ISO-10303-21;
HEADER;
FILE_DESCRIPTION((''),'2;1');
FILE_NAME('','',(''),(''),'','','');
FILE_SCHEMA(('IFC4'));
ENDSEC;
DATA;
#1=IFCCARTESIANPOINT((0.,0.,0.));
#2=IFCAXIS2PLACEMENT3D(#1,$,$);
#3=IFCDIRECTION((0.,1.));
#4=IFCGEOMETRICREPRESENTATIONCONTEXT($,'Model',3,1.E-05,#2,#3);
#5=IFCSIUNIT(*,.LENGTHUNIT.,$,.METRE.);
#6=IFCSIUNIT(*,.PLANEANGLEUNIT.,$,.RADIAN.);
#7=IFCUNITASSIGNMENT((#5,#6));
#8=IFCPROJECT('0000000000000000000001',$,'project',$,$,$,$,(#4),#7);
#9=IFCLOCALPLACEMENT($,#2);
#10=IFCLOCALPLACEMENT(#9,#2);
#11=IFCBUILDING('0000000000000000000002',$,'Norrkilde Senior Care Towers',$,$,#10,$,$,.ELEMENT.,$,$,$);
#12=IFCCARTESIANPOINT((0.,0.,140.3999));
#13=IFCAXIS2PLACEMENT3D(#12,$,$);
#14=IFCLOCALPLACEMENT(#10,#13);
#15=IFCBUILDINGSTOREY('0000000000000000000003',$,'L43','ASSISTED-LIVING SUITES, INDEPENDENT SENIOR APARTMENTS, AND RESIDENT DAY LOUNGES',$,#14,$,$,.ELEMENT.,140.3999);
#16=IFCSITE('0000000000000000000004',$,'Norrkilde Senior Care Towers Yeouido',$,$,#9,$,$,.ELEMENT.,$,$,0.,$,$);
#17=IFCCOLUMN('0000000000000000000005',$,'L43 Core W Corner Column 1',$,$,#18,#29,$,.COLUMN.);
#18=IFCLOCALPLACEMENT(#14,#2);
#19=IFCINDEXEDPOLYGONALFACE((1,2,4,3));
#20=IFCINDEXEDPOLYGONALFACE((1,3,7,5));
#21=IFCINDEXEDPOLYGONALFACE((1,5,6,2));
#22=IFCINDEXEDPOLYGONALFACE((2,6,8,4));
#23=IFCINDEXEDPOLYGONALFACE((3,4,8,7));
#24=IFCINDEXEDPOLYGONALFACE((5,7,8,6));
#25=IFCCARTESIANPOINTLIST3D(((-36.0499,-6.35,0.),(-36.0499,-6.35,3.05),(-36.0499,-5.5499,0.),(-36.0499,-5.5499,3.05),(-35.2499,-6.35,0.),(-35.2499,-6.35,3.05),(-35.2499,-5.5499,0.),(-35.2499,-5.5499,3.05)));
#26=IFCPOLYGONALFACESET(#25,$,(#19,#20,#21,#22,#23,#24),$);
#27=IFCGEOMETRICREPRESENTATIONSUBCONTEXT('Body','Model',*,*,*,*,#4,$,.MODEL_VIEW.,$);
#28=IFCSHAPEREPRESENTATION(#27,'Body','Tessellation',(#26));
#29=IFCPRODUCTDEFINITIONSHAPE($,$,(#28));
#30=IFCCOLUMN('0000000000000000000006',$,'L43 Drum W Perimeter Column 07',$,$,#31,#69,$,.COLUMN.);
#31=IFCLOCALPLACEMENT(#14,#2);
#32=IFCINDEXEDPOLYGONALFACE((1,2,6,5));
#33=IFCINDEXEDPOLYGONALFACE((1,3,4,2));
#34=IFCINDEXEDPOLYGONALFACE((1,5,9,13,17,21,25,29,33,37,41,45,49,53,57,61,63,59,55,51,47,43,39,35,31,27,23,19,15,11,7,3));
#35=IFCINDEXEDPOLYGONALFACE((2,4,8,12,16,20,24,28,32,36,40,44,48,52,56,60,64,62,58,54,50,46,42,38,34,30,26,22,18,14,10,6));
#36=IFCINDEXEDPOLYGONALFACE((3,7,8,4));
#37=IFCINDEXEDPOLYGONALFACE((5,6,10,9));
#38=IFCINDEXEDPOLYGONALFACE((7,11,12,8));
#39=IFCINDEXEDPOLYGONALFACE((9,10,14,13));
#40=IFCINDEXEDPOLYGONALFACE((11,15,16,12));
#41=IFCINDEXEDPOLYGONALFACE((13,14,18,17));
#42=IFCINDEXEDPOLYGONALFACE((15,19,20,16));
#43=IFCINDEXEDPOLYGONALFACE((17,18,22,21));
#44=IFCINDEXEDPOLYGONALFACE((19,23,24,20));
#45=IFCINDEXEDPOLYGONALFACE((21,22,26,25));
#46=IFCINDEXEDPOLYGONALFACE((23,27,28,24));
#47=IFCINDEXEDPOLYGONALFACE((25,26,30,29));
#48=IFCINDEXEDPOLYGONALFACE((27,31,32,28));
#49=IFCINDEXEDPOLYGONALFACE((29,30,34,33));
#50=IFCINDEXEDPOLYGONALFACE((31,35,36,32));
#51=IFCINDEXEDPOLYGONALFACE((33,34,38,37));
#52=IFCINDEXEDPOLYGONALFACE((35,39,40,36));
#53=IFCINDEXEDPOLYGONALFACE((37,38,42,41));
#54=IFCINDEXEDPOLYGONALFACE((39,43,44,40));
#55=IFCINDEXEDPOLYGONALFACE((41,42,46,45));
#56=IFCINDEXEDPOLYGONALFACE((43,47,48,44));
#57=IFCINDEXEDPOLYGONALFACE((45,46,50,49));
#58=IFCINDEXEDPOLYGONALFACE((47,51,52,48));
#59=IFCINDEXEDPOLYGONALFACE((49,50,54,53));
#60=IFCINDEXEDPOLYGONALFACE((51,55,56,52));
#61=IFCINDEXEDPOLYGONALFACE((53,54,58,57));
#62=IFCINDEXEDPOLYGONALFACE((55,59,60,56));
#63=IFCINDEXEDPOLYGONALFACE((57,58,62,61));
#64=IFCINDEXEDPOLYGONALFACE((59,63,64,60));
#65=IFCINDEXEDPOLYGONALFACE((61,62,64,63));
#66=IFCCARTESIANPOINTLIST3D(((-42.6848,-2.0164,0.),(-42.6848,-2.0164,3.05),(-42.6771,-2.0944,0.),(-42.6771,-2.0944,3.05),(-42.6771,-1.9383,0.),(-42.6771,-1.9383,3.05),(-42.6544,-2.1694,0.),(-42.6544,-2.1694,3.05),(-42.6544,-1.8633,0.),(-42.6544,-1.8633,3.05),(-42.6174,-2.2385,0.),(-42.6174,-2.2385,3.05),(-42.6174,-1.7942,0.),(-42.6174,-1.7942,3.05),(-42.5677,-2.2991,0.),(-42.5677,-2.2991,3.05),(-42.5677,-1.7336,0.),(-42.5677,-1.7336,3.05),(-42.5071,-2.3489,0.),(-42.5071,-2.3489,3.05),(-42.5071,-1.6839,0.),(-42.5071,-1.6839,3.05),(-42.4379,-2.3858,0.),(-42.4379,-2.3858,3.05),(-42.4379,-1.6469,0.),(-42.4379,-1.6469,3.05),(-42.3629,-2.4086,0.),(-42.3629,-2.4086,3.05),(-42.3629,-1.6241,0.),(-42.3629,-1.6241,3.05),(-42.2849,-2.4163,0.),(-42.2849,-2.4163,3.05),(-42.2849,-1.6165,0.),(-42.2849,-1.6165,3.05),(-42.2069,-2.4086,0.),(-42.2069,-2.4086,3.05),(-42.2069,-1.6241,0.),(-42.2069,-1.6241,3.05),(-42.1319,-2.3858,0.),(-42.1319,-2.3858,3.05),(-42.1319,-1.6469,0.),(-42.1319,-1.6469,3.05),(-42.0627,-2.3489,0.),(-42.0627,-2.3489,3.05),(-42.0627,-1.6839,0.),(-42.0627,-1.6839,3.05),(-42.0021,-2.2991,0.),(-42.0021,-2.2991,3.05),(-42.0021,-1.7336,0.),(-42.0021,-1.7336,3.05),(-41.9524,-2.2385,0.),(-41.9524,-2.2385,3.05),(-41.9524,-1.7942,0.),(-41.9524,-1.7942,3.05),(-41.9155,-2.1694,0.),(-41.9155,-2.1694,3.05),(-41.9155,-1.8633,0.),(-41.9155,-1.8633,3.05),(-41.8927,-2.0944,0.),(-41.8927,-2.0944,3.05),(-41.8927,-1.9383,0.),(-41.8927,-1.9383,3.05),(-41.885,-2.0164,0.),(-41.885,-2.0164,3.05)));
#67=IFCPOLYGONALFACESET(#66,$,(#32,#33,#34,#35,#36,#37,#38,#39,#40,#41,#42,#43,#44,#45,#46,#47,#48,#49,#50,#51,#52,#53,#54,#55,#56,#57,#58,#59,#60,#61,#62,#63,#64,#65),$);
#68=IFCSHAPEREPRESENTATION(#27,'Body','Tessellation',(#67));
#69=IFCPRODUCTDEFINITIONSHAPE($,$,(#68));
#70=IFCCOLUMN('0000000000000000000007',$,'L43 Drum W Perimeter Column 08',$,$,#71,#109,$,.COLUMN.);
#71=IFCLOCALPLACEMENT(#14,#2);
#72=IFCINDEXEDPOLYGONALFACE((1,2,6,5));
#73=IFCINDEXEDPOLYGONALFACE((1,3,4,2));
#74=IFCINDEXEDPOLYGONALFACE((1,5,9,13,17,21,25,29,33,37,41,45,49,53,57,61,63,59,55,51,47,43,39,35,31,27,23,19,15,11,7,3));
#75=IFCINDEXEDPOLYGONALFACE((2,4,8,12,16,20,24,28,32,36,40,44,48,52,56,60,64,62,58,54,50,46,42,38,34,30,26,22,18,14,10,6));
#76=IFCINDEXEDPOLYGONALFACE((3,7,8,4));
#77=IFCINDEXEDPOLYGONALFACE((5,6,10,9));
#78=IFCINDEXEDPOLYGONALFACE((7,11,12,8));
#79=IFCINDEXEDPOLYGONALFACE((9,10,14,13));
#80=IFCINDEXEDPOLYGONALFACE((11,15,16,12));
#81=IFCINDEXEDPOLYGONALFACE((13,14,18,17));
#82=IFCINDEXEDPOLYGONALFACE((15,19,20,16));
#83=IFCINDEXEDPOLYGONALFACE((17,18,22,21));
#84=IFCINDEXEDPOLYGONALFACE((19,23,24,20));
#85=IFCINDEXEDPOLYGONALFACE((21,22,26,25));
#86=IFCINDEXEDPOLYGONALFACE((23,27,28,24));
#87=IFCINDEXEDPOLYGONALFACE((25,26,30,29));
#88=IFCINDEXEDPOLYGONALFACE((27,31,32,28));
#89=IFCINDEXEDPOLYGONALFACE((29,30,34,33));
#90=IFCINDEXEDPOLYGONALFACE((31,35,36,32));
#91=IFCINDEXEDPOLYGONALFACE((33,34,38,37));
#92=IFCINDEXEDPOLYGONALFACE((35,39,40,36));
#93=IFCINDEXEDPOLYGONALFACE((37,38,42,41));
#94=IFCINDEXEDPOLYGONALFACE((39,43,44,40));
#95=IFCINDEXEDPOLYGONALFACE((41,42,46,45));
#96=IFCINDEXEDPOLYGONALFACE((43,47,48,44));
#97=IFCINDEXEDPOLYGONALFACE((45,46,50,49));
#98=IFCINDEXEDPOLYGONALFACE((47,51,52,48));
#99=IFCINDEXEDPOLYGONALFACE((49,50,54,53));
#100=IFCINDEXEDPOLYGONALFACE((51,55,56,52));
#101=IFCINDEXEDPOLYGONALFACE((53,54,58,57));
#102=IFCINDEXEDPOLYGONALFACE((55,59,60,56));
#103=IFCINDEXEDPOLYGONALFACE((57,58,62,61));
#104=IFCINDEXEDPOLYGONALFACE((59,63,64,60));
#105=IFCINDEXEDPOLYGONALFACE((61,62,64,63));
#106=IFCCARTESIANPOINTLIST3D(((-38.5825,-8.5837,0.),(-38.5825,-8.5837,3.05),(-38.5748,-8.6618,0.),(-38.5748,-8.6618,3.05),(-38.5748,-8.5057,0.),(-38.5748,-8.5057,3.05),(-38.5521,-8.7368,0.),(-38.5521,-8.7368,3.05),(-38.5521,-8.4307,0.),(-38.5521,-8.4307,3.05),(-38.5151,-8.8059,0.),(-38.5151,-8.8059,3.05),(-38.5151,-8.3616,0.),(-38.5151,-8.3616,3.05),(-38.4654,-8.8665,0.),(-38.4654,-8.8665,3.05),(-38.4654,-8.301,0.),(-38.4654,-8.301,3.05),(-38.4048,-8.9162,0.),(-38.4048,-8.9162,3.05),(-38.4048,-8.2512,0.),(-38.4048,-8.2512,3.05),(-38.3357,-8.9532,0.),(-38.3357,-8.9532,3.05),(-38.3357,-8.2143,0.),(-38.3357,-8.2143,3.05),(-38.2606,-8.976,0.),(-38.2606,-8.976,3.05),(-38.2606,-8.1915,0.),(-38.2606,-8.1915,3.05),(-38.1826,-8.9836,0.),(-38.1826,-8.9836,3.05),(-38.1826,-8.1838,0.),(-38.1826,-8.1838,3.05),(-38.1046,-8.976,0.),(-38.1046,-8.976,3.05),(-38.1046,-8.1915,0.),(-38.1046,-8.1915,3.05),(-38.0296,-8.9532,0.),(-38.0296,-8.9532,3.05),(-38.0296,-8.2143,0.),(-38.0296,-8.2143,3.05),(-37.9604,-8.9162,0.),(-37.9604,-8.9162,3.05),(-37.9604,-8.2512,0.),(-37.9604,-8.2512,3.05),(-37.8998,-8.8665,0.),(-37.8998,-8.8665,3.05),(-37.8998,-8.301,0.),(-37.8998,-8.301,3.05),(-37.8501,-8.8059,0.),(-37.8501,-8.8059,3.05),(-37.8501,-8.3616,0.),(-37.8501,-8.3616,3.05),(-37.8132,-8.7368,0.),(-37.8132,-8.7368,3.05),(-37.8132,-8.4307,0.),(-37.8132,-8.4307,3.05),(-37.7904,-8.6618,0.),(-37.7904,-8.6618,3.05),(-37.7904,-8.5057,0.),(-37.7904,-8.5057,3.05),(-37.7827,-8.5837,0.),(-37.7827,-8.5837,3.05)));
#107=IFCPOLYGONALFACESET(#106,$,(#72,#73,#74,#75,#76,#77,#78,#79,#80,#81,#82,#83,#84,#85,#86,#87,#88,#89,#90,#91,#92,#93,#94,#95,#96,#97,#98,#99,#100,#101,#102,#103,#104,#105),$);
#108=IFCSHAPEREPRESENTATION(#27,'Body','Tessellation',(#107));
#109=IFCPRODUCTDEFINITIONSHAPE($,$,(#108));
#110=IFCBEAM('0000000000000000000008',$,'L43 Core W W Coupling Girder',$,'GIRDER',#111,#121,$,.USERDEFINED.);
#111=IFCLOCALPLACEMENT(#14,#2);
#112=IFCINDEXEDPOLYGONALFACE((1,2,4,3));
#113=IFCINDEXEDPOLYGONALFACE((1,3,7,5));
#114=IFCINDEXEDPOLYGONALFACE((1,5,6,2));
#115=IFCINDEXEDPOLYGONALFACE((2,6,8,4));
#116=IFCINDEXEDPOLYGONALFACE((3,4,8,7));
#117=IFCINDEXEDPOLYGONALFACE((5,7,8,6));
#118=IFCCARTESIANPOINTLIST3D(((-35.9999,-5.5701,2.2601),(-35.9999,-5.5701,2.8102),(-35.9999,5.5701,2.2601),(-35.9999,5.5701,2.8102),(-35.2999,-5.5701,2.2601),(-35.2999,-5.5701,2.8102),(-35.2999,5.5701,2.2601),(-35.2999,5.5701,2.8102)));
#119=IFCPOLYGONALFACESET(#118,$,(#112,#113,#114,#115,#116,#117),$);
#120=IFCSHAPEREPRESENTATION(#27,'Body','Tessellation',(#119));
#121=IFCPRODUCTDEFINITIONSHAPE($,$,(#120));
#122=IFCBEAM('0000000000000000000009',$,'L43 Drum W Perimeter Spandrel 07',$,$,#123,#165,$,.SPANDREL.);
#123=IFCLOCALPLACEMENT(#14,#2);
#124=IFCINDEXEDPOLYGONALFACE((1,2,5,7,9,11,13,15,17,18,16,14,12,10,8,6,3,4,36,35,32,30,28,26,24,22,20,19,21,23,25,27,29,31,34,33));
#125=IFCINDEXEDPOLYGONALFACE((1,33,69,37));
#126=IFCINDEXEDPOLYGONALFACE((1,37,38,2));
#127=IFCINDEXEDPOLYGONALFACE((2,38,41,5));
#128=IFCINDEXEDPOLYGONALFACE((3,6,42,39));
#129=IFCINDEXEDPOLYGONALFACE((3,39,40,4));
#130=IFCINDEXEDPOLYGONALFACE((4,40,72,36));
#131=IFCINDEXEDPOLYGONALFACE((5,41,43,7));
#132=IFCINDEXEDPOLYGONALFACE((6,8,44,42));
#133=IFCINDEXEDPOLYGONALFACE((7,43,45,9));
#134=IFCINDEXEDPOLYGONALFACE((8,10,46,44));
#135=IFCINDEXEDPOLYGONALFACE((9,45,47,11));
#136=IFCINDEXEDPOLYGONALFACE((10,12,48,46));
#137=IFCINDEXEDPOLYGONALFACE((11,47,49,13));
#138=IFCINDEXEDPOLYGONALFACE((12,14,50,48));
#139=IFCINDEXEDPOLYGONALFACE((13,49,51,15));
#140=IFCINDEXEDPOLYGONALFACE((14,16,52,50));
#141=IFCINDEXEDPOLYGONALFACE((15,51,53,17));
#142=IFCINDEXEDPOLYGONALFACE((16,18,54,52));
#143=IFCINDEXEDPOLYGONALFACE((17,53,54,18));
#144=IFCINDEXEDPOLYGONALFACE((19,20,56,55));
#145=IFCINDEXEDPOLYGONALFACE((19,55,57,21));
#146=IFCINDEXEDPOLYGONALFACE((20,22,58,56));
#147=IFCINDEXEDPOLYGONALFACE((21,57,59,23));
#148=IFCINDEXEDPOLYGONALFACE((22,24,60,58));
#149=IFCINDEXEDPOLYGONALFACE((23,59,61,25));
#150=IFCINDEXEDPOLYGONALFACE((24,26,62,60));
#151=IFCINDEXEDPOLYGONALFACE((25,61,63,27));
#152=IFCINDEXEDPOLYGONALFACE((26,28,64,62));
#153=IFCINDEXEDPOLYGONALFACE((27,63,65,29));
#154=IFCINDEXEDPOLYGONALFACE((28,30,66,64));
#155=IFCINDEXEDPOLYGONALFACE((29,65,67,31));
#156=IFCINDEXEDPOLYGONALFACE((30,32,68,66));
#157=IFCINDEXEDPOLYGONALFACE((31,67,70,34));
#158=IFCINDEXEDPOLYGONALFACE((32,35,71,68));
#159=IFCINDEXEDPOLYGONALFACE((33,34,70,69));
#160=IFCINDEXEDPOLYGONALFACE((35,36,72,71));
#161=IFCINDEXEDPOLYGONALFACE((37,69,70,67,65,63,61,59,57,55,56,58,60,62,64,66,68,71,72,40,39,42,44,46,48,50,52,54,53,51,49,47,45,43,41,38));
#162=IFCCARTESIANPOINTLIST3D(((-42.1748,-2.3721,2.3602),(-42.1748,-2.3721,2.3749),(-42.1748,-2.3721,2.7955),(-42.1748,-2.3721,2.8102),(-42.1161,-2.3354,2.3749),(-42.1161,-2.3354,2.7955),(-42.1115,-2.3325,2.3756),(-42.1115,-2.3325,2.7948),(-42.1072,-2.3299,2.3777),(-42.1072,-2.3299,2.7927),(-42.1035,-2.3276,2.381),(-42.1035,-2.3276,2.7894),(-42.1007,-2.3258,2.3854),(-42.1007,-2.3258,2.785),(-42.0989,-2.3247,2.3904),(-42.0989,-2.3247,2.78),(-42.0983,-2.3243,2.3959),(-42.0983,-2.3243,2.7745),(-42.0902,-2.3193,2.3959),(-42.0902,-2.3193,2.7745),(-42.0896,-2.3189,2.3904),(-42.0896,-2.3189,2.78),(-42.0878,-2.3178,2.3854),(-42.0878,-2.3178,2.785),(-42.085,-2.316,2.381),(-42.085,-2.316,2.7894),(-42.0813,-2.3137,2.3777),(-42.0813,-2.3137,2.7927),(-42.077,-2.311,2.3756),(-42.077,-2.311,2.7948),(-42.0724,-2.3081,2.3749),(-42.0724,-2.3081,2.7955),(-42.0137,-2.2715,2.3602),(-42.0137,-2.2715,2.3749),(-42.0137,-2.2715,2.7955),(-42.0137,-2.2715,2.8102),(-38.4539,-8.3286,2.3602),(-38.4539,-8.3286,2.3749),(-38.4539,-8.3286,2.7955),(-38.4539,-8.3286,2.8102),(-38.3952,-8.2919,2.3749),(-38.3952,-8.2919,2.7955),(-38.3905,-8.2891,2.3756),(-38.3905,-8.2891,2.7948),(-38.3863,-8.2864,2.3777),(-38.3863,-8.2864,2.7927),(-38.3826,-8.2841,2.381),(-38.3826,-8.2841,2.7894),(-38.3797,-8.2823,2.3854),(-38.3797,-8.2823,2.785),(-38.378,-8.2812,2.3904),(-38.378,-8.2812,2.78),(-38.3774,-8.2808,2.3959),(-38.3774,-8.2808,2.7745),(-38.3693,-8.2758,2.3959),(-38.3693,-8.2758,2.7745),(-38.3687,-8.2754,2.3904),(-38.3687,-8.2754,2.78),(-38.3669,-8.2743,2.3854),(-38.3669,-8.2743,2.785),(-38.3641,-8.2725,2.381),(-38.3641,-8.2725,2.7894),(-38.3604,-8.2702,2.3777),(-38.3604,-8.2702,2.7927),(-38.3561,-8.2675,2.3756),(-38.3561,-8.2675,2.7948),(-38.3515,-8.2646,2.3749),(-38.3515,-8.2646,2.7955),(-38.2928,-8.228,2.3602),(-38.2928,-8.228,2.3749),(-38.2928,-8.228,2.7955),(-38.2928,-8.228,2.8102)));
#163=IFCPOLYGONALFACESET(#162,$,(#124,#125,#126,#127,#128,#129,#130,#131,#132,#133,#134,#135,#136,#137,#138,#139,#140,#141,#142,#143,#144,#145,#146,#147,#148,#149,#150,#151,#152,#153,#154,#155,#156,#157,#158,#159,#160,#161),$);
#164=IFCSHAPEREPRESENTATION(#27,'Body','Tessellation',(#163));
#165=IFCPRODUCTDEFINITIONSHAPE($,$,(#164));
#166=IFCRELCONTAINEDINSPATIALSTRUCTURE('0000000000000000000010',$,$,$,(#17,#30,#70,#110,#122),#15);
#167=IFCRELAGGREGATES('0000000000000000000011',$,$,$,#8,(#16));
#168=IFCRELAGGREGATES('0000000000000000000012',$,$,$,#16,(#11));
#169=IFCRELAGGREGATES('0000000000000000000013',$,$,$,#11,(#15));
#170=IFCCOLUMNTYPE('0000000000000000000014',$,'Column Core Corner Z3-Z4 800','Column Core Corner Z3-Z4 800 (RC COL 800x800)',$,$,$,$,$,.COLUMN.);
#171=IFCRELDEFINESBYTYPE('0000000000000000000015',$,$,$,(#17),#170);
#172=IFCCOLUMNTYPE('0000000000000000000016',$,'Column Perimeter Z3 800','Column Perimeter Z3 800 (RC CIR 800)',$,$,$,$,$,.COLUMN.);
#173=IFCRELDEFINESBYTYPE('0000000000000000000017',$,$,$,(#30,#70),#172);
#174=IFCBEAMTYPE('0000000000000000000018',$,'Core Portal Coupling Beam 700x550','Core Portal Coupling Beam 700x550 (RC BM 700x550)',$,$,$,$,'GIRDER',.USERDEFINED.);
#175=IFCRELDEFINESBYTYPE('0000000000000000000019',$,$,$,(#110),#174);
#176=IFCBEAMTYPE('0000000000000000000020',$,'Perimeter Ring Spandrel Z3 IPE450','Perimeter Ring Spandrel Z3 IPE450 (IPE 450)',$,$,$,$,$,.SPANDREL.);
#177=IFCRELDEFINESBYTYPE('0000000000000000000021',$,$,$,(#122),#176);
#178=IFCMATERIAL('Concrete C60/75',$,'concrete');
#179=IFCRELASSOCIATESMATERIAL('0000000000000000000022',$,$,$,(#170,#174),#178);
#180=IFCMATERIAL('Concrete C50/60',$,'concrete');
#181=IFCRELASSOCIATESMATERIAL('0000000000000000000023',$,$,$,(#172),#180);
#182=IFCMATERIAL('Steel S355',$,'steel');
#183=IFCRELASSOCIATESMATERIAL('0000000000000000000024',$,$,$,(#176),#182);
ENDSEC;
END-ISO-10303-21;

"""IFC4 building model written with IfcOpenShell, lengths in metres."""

from ifc_helpers import new_model, si_unit, direction, frame, origin, origin_2d, place, context, subcontext, project, spatial, rectangle, circle, i_section, extrude, source, transform, mapped, material, material_profile, profile_set, type_object, type_shapes, element, save


model = new_model("IFC4")

# Units and contexts
model_context = context("Model", 3, precision=1e-05, world=origin(), true_north=direction((0.0, 1.0)))
body_context = subcontext(model_context, "Body", "Model", "MODEL_VIEW")
ifc_project = project(units=[si_unit("LENGTHUNIT", "METRE"), si_unit("PLANEANGLEUNIT", "RADIAN")], contexts=[model_context])

# Site, building, storey
site_placement = place(None, origin())
site = spatial("IfcSite", under=ifc_project, at=site_placement, Name="Norrkilde Senior Care Towers Yeouido", CompositionType="ELEMENT", RefElevation=0.0)
building_placement = place(site_placement, origin())
building = spatial("IfcBuilding", under=site, at=building_placement, Name="Norrkilde Senior Care Towers", CompositionType="ELEMENT")
storey_placement = place(building_placement, frame((0.0, 0.0, 140.3999)))
storey = spatial("IfcBuildingStorey", under=building, at=storey_placement, Name="L43", Description="ASSISTED-LIVING SUITES, INDEPENDENT SENIOR APARTMENTS, AND RESIDENT DAY LOUNGES", CompositionType="ELEMENT", Elevation=140.3999)

# Columns
ifc_material_1 = material(Name="Concrete C60/75", Category="concrete")
ifc_material_profile_1 = material_profile(ifc_material_1, rectangle(XDim=0.8, YDim=0.8, at=origin_2d()), Name="RC COL 800x800")
ifc_profile_set_1 = profile_set([ifc_material_profile_1], Name="Concrete C60/75")
column_type_1 = type_object("IfcColumnType", Name="Column Core Corner Z3-Z4 800", Description="Column Core Corner Z3-Z4 800 (RC COL 800x800)", PredefinedType="COLUMN", material=ifc_profile_set_1)
shared_shape_1 = source(origin(), body_context, "Body", "SweptSolid", [
    extrude(rectangle(XDim=0.8, YDim=0.8, at=origin_2d()), origin(), (0.0, 0.0, 1.0), 3.05),
])
type_shapes(column_type_1, [shared_shape_1])
column_placement = place(storey_placement, frame((-35.6499, -5.95, 0.0), z_axis=(0.0, 0.0, 1.0), x_axis=(1.0, 0.0, 0.0)))
element("IfcColumn", 1, at=column_placement, inside=storey, type_object=column_type_1, Name="L43 Core W Corner Column 1", PredefinedType="COLUMN", context=body_context, shape_type="MappedRepresentation", body=[
    mapped(shared_shape_1, transform((0.0, 0.0, 0.0), x_axis=(1.0, 0.0, 0.0), y_axis=(0.0, 1.0, 0.0), z_axis=(0.0, 0.0, 1.0), scale=1.0)),
])
ifc_material_2 = material(Name="Concrete C50/60", Category="concrete")
ifc_material_profile_2 = material_profile(ifc_material_2, circle(Radius=0.3999, at=origin_2d()), Name="RC CIR 800")
ifc_profile_set_2 = profile_set([ifc_material_profile_2], Name="Concrete C50/60")
column_type_2 = type_object("IfcColumnType", Name="Column Perimeter Z3 800", Description="Column Perimeter Z3 800 (RC CIR 800)", PredefinedType="COLUMN", material=ifc_profile_set_2)
shared_shape_2 = source(origin(), body_context, "Body", "SweptSolid", [
    extrude(circle(Radius=0.3999, at=origin_2d()), origin(), (0.0, 0.0, 1.0), 3.05),
])
type_shapes(column_type_2, [shared_shape_2])
for number, where, z_axis, x_axis, name in (
    (2, (-42.2849, -2.0164, 0.0), (0.0, 0.0, 1.0), (1.0, 0.0, 0.0), "L43 Drum W Perimeter Column 07"),
    (3, (-38.1826, -8.5837, 0.0), (0.0, 0.0, 1.0), (1.0, 0.0, 0.0), "L43 Drum W Perimeter Column 08"),
):
    element("IfcColumn", number, at=place(storey_placement, frame(where, z_axis=z_axis, x_axis=x_axis)), inside=storey, type_object=column_type_2, Name=name, PredefinedType="COLUMN", context=body_context, shape_type="MappedRepresentation", body=[
        mapped(shared_shape_2, transform((0.0, 0.0, 0.0), x_axis=(1.0, 0.0, 0.0), y_axis=(0.0, 1.0, 0.0), z_axis=(0.0, 0.0, 1.0), scale=1.0)),
    ])

# Beams
ifc_material_profile_3 = material_profile(ifc_material_1, rectangle(XDim=0.7, YDim=0.55, at=origin_2d()), Name="RC BM 700x550")
ifc_profile_set_3 = profile_set([ifc_material_profile_3], Name="Concrete C60/75")
beam_type_1 = type_object("IfcBeamType", Name="Core Portal Coupling Beam 700x550", Description="Core Portal Coupling Beam 700x550 (RC BM 700x550)", ElementType="GIRDER", PredefinedType="USERDEFINED", material=ifc_profile_set_3)
shared_shape_3 = source(origin(), body_context, "Body", "SweptSolid", [
    extrude(rectangle(XDim=0.7, YDim=0.55, at=origin_2d()), origin(), (0.0, 0.0, 1.0), 11.1401),
])
type_shapes(beam_type_1, [shared_shape_3])
beam_1_placement = place(storey_placement, frame((-35.6499, -5.5701, 2.5352), z_axis=(0.0, 1.0, 0.0), x_axis=(-1.0, 0.0, 0.0)))
element("IfcBeam", 4, at=beam_1_placement, inside=storey, type_object=beam_type_1, Name="L43 Core W W Coupling Girder", ObjectType="GIRDER", PredefinedType="USERDEFINED", context=body_context, shape_type="MappedRepresentation", body=[
    mapped(shared_shape_3, transform((0.0, 0.0, 0.0), x_axis=(1.0, 0.0, 0.0), y_axis=(0.0, 1.0, 0.0), z_axis=(0.0, 0.0, 1.0), scale=1.0)),
])
ifc_material_3 = material(Name="Steel S355", Category="steel")
ifc_material_profile_4 = material_profile(ifc_material_3, i_section(OverallWidth=0.1899, OverallDepth=0.45, WebThickness=0.0095, FlangeThickness=0.0146, FilletRadius=0.021, at=origin_2d()), Name="IPE 450")
ifc_profile_set_4 = profile_set([ifc_material_profile_4], Name="Steel S355")
beam_type_2 = type_object("IfcBeamType", Name="Perimeter Ring Spandrel Z3 IPE450", Description="Perimeter Ring Spandrel Z3 IPE450 (IPE 450)", PredefinedType="SPANDREL", material=ifc_profile_set_4)
shared_shape_4 = source(origin(), body_context, "Body", "SweptSolid", [
    extrude(i_section(OverallWidth=0.1899, OverallDepth=0.45, WebThickness=0.0095, FlangeThickness=0.0146, FilletRadius=0.021, at=origin_2d()), origin(), (0.0, 0.0, 1.0), 7.0232),
])
beam_2_placement = place(storey_placement, frame((-42.0942, -2.3218, 2.5852), z_axis=(0.529805, -0.848119, 0.0), x_axis=(0.848119, 0.529805, 0.0)))
element("IfcBeam", 5, at=beam_2_placement, inside=storey, type_object=beam_type_2, Name="L43 Drum W Perimeter Spandrel 07", PredefinedType="SPANDREL", context=body_context, shape_type="MappedRepresentation", body=[
    mapped(shared_shape_4, transform((0.0, 0.0, 0.0), x_axis=(1.0, 0.0, 0.0), y_axis=(0.0, 1.0, 0.0), z_axis=(0.0, 0.0, 1.0), scale=1.0)),
])

save(model, "model.ifc")
